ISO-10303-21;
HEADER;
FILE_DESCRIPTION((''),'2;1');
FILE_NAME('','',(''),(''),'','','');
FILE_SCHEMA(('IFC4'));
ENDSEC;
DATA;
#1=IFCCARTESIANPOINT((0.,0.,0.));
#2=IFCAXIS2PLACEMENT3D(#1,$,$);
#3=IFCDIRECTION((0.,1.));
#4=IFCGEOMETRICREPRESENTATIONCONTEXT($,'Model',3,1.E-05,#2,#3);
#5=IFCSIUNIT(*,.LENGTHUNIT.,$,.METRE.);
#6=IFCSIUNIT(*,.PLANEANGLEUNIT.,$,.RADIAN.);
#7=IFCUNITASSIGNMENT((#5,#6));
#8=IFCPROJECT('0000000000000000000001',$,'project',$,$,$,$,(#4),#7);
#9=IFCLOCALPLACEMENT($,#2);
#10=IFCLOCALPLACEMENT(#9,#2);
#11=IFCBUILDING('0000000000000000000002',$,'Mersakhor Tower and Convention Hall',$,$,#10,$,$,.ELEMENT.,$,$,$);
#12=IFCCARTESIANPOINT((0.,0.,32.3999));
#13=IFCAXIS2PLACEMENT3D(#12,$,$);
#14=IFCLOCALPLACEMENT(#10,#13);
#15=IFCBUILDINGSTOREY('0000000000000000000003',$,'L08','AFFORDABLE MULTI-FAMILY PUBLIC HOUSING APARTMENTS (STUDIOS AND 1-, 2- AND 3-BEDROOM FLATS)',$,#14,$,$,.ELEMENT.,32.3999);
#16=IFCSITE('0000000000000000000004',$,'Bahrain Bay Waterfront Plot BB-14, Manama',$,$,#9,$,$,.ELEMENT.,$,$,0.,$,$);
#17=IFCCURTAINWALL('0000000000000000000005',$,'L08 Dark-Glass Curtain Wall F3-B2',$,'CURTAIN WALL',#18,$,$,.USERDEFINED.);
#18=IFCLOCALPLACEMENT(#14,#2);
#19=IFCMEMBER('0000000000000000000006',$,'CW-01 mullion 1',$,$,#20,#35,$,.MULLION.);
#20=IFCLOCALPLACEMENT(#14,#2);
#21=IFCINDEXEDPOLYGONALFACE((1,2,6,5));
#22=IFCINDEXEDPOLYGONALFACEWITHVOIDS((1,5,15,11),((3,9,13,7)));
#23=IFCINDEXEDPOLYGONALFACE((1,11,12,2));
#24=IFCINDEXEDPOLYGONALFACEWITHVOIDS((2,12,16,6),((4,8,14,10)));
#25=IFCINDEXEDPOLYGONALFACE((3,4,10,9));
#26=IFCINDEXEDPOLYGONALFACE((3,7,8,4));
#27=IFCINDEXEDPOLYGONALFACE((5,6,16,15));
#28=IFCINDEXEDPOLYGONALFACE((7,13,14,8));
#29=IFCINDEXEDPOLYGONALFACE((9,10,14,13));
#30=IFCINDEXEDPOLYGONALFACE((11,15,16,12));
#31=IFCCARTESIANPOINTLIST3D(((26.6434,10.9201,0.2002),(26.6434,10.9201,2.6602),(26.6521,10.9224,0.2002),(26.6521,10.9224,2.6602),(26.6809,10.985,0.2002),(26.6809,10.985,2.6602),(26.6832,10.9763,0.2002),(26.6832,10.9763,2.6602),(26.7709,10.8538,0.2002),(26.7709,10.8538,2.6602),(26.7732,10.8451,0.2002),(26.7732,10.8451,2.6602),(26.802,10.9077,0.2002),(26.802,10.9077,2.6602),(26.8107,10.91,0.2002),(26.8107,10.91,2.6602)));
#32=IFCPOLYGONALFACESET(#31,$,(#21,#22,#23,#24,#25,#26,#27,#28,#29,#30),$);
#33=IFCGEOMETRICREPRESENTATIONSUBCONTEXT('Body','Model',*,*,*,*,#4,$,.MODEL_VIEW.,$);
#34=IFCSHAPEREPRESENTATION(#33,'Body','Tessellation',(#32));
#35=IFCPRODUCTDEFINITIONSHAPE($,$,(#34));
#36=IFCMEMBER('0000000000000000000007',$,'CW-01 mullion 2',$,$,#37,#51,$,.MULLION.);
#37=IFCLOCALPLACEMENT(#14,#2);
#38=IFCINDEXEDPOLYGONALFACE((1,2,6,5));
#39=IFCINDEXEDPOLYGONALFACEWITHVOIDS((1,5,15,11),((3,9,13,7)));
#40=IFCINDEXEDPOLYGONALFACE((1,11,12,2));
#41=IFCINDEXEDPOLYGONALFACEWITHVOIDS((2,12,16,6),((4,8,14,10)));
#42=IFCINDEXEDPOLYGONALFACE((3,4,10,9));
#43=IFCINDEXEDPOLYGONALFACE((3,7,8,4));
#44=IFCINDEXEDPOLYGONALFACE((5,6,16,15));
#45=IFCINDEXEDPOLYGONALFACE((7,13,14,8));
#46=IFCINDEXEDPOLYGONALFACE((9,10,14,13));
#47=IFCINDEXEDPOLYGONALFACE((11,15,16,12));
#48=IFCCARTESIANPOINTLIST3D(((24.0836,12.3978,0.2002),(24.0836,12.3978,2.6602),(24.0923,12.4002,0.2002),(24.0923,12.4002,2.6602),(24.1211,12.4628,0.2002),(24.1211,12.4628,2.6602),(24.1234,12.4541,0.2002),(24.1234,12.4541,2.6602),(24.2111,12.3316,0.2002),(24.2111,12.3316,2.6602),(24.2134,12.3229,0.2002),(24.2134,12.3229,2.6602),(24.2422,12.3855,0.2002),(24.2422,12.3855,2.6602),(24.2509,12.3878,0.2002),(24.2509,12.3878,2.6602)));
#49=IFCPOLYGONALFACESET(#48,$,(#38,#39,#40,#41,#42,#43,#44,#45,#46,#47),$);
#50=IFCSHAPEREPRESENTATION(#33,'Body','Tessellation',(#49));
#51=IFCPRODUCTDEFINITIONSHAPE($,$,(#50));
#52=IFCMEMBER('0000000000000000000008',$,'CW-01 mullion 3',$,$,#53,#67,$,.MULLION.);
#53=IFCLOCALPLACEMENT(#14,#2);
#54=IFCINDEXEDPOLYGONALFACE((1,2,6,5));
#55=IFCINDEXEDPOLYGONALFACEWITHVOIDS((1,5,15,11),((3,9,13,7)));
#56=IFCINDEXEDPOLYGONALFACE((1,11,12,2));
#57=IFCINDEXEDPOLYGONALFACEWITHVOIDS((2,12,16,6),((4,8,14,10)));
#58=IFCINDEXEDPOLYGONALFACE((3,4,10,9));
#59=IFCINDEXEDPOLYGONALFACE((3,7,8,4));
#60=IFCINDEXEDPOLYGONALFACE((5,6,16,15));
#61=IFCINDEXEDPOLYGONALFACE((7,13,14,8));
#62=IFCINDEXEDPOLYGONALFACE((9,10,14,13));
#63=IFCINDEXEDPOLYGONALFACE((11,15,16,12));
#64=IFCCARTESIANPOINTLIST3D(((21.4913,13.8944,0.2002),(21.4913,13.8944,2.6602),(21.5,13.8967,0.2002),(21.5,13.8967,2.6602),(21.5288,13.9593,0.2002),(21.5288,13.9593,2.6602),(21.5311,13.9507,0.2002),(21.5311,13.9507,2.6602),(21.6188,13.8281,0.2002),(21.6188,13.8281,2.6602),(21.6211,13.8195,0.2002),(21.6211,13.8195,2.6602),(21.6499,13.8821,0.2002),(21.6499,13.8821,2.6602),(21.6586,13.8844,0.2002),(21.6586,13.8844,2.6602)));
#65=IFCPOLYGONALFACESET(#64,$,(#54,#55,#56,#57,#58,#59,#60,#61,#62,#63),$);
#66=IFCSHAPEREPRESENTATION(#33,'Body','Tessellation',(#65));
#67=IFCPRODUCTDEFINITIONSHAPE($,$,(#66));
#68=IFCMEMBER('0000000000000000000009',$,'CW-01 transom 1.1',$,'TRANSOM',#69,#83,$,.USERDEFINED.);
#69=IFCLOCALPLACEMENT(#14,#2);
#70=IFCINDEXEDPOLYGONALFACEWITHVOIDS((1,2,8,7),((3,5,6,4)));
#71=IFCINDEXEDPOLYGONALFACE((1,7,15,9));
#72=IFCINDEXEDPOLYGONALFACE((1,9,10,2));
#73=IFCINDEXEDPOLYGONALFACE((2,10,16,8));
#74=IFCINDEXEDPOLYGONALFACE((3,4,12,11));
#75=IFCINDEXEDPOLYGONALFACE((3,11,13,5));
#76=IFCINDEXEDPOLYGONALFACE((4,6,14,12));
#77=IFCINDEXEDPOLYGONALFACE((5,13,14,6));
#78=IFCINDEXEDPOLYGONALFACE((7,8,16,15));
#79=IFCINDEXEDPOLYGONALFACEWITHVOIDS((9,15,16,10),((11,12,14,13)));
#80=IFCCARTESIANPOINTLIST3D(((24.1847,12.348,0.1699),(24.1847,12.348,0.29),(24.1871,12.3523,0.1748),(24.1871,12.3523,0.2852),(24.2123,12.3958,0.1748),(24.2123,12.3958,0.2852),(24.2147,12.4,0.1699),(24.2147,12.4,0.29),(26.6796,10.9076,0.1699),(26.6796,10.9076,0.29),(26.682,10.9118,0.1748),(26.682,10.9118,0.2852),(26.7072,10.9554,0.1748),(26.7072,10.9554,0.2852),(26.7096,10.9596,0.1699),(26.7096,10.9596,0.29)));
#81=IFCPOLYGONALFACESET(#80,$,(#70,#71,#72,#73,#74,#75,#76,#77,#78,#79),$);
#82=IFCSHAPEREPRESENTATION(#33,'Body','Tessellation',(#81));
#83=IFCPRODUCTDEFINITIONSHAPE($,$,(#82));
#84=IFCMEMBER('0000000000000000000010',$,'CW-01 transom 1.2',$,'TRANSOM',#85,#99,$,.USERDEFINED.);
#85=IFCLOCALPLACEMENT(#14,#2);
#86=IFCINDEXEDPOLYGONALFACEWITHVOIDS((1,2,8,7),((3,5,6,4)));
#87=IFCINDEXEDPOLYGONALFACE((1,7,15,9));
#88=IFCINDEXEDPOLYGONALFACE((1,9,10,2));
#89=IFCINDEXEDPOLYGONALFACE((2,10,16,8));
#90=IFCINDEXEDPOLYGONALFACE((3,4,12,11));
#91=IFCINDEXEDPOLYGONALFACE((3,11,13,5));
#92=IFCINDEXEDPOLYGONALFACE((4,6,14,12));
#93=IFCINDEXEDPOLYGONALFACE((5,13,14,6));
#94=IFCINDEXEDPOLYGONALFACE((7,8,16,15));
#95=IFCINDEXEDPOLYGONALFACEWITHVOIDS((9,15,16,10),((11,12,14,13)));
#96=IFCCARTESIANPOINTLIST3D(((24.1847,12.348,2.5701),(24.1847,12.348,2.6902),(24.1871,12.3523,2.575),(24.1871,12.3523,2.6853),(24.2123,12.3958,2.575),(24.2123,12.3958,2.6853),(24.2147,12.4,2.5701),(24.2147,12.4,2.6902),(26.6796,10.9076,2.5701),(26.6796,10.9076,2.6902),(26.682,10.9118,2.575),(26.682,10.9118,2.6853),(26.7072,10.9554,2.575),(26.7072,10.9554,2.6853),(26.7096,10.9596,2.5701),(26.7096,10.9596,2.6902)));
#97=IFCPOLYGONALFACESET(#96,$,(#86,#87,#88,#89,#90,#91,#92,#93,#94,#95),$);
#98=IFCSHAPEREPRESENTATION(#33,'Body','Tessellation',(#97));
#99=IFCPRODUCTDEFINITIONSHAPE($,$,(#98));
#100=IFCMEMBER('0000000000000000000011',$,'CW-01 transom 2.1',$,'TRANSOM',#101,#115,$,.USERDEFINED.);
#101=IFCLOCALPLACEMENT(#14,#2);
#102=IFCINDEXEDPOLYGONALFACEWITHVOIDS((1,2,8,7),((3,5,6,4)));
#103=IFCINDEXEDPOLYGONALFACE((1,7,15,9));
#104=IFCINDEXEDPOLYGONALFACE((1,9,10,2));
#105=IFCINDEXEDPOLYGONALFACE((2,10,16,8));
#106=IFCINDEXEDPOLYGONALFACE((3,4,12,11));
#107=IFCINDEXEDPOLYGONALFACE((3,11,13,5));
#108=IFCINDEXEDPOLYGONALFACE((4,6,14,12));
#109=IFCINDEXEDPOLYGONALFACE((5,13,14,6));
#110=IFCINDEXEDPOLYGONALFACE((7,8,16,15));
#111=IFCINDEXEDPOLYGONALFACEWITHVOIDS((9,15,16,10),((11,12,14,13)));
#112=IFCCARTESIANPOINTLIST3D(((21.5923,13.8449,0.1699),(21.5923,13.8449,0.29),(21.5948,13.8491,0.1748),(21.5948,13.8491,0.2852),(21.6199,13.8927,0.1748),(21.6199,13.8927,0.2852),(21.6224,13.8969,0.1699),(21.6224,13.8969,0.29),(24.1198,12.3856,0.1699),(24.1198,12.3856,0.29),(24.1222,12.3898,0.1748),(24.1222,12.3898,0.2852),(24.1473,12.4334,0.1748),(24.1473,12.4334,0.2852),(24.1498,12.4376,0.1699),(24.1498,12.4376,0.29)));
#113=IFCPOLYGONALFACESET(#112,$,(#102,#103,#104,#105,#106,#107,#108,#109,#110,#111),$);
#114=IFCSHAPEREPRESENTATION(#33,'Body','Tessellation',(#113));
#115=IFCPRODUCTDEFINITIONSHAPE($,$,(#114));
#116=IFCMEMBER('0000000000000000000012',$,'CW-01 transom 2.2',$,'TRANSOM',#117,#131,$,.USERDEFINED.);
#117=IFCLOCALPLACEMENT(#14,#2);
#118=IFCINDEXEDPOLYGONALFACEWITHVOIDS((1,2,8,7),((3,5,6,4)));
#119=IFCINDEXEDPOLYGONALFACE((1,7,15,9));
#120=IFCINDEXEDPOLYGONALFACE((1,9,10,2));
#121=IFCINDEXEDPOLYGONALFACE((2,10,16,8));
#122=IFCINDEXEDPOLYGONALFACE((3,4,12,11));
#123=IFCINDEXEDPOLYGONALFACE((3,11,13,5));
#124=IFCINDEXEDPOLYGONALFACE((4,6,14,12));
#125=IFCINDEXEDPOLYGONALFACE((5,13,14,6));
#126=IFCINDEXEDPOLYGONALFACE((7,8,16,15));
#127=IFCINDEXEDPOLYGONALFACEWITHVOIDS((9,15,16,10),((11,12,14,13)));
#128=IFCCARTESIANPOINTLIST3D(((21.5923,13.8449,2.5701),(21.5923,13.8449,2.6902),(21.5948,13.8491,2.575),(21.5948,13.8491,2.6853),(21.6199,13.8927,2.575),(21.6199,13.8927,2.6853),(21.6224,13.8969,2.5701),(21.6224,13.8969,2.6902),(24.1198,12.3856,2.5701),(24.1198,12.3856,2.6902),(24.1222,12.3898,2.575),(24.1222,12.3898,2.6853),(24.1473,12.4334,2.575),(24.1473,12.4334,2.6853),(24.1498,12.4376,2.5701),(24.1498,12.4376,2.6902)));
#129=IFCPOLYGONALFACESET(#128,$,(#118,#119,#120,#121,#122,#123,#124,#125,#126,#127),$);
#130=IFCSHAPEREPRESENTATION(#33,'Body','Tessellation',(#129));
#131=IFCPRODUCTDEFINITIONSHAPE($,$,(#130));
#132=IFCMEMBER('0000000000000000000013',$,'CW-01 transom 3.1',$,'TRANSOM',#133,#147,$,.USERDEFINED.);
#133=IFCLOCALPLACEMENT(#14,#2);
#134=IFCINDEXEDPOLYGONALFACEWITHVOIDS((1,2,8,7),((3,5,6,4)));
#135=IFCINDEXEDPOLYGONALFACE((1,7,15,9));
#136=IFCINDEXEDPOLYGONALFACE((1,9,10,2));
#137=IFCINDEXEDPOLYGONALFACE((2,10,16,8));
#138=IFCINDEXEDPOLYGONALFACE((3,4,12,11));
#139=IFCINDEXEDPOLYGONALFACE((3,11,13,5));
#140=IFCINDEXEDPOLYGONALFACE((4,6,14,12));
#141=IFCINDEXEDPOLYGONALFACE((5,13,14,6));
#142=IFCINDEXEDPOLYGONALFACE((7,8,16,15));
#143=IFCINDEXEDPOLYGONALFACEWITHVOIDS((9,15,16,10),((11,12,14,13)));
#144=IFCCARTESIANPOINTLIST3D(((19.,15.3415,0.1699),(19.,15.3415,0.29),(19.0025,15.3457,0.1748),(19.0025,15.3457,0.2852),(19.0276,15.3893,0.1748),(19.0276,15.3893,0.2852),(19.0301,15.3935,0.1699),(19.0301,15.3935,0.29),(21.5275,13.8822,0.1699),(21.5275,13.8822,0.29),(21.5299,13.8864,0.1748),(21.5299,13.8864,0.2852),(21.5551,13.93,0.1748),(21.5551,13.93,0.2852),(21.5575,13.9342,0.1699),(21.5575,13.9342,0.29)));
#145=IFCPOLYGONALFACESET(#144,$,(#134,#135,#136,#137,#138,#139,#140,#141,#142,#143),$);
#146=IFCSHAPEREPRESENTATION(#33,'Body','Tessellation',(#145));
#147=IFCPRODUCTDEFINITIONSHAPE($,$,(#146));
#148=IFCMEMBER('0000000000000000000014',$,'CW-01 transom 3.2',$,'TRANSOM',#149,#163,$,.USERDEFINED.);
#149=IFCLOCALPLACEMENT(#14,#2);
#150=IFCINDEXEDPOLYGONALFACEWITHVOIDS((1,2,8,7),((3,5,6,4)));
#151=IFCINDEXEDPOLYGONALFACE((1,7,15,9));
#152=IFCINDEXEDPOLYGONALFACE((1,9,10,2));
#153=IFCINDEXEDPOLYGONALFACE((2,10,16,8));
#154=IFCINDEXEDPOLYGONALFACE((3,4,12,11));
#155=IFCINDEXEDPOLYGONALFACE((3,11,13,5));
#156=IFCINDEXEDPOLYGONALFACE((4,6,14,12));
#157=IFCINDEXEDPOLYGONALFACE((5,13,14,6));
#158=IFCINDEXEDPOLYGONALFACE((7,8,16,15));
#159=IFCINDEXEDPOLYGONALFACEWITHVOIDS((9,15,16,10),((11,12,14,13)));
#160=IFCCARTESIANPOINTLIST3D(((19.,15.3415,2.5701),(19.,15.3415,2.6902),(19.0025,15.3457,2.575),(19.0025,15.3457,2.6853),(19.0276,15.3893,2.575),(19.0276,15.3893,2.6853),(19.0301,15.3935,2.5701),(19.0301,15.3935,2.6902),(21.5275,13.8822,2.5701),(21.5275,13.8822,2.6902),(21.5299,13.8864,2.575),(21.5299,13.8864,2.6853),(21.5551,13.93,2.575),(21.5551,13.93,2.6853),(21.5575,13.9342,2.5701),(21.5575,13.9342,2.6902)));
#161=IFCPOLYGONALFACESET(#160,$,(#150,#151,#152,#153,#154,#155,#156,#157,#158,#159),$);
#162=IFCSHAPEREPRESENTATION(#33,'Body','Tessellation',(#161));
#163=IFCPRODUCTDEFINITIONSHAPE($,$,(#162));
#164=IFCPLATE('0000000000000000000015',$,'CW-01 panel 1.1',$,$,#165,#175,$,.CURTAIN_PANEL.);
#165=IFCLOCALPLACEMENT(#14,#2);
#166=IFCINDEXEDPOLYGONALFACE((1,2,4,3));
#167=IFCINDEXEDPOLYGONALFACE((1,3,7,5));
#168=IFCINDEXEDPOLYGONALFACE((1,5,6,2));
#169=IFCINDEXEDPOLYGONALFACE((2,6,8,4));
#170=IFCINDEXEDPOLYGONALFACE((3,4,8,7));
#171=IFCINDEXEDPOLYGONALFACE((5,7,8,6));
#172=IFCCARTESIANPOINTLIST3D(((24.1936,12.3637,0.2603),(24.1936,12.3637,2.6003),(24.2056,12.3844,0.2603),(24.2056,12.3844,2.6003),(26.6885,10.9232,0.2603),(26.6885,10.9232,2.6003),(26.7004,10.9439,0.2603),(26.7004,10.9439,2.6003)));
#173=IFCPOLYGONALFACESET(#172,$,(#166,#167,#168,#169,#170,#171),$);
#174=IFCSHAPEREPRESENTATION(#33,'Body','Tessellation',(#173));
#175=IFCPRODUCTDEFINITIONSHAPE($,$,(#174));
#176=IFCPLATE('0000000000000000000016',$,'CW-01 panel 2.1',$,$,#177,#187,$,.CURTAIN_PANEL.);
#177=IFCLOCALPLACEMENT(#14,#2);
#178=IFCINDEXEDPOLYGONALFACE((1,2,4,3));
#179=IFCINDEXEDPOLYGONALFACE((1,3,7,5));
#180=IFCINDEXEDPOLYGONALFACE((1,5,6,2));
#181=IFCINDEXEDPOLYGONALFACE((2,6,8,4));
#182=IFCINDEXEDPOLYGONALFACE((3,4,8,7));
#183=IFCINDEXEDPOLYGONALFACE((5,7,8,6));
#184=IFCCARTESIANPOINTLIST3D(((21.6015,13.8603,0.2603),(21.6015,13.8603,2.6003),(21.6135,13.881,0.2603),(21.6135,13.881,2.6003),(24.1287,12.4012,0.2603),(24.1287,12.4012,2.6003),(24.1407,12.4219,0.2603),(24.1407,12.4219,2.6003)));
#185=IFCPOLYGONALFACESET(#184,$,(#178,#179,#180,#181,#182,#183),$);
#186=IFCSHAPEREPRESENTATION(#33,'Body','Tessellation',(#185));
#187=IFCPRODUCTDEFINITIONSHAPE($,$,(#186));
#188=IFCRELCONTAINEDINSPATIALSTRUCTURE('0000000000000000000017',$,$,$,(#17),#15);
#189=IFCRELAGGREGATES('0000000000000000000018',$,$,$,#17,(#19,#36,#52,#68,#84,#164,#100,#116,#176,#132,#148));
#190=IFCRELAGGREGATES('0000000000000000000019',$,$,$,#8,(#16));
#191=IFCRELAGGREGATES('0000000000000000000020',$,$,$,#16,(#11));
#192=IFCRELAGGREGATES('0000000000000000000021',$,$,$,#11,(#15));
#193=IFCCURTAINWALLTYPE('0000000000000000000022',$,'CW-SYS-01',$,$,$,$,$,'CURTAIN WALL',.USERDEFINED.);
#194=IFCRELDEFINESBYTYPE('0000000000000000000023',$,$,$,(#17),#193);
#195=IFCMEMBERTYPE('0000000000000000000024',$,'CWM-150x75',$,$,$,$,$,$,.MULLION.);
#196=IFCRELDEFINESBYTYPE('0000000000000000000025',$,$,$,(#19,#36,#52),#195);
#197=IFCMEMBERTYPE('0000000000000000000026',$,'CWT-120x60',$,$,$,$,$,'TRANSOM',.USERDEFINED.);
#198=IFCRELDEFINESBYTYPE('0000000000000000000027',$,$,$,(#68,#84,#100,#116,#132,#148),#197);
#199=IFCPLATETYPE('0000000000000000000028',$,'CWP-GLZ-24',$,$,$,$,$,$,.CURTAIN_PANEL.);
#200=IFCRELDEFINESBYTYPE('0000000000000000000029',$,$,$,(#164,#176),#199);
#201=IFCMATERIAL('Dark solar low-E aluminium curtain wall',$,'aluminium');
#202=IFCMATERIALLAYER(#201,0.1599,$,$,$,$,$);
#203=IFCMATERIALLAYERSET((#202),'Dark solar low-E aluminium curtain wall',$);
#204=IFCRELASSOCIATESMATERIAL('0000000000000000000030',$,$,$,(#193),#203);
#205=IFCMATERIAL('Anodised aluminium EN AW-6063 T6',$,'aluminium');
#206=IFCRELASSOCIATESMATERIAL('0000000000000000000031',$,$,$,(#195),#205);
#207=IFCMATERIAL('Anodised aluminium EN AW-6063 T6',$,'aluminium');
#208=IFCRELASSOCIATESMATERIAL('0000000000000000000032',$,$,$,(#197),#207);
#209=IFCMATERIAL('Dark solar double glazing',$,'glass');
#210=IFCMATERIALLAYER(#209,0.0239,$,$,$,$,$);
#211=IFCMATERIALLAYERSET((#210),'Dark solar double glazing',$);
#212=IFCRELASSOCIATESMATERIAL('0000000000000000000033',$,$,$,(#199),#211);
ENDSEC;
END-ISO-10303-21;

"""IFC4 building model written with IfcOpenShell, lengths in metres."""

from ifc_helpers import new_model, si_unit, direction, frame, origin, origin_2d, place, context, subcontext, project, spatial, rectangle, hollow_rectangle, extrude, material, layer, layer_set, material_profile, profile_set, type_object, element, aggregate, save


model = new_model("IFC4")

# Units and contexts
model_context = context("Model", 3, precision=1e-05, world=origin(), true_north=direction((0.0, 1.0)))
body_context = subcontext(model_context, "Body", "Model", "MODEL_VIEW")
ifc_project = project(units=[si_unit("LENGTHUNIT", "METRE"), si_unit("PLANEANGLEUNIT", "RADIAN")], contexts=[model_context])

# Site, building, storey
site_placement = place(None, origin())
site = spatial("IfcSite", under=ifc_project, at=site_placement, Name="Bahrain Bay Waterfront Plot BB-14, Manama", CompositionType="ELEMENT", RefElevation=0.0)
building_placement = place(site_placement, origin())
building = spatial("IfcBuilding", under=site, at=building_placement, Name="Mersakhor Tower and Convention Hall", CompositionType="ELEMENT")
storey_placement = place(building_placement, frame((0.0, 0.0, 32.3999)))
storey = spatial("IfcBuildingStorey", under=building, at=storey_placement, Name="L08", Description="AFFORDABLE MULTI-FAMILY PUBLIC HOUSING APARTMENTS (STUDIOS AND 1-, 2- AND 3-BEDROOM FLATS)", CompositionType="ELEMENT", Elevation=32.3999)

# Curtain wall, members, plates
ifc_material_1 = material(Name="Dark solar low-E aluminium curtain wall", Category="aluminium")
ifc_layer_1 = layer(ifc_material_1, 0.1599)
ifc_layer_set_1 = layer_set([ifc_layer_1], Name="Dark solar low-E aluminium curtain wall")
curtain_wall_type = type_object("IfcCurtainWallType", Name="CW-SYS-01", ElementType="CURTAIN WALL", PredefinedType="USERDEFINED", material=ifc_layer_set_1)
curtain_wall_placement = place(storey_placement, origin())
curtain_wall = element("IfcCurtainWall", 1, at=curtain_wall_placement, inside=storey, type_object=curtain_wall_type, Name="L08 Dark-Glass Curtain Wall F3-B2", ObjectType="CURTAIN WALL", PredefinedType="USERDEFINED")
ifc_material_2 = material(Name="Anodised aluminium EN AW-6063 T6", Category="aluminium")
ifc_material_profile_1 = material_profile(ifc_material_2, hollow_rectangle(XDim=0.075, YDim=0.1499, WallThickness=0.0063, at=origin_2d()), Name="RHS 150x75x6.3")
ifc_profile_set_1 = profile_set([ifc_material_profile_1], Name="Anodised aluminium EN AW-6063 T6")
member_type_1 = type_object("IfcMemberType", Name="CWM-150x75", PredefinedType="MULLION", material=ifc_profile_set_1)
member_1_placement = place(storey_placement, frame((26.7271, 10.915, 0.2002), z_axis=(0.0, 0.0, 1.0), x_axis=(-0.500003, -0.866023, 0.0)))
member_1 = element("IfcMember", 2, at=member_1_placement, type_object=member_type_1, Name="CW-01 mullion 1", PredefinedType="MULLION", context=body_context, shape_type="SweptSolid", body=[
    extrude(hollow_rectangle(XDim=0.075, YDim=0.1499, WallThickness=0.0063, at=origin_2d()), origin(), (0.0, 0.0, 1.0), 2.46),
])
member_2_placement = place(storey_placement, frame((24.1672, 12.3928, 0.2002), z_axis=(0.0, 0.0, 1.0), x_axis=(-0.500003, -0.866023, 0.0)))
member_2 = element("IfcMember", 3, at=member_2_placement, type_object=member_type_1, Name="CW-01 mullion 2", PredefinedType="MULLION", context=body_context, shape_type="SweptSolid", body=[
    extrude(hollow_rectangle(XDim=0.075, YDim=0.1499, WallThickness=0.0063, at=origin_2d()), origin(), (0.0, 0.0, 1.0), 2.46),
])
member_3_placement = place(storey_placement, frame((21.575, 13.8894, 0.2002), z_axis=(0.0, 0.0, 1.0), x_axis=(-0.500003, -0.866023, 0.0)))
member_3 = element("IfcMember", 4, at=member_3_placement, type_object=member_type_1, Name="CW-01 mullion 3", PredefinedType="MULLION", context=body_context, shape_type="SweptSolid", body=[
    extrude(hollow_rectangle(XDim=0.075, YDim=0.1499, WallThickness=0.0063, at=origin_2d()), origin(), (0.0, 0.0, 1.0), 2.46),
])
ifc_material_3 = material(Name="Anodised aluminium EN AW-6063 T6", Category="aluminium")
ifc_material_profile_2 = material_profile(ifc_material_3, hollow_rectangle(XDim=0.0601, YDim=0.1201, WallThickness=0.0049, at=origin_2d()), Name="RHS 120x60x5")
ifc_profile_set_2 = profile_set([ifc_material_profile_2], Name="Anodised aluminium EN AW-6063 T6")
member_type_2 = type_object("IfcMemberType", Name="CWT-120x60", ElementType="TRANSOM", PredefinedType="USERDEFINED", material=ifc_profile_set_2)
member_4_placement = place(storey_placement, frame((26.6946, 10.9336, 0.23), z_axis=(-0.866023, 0.500004, 0.0), x_axis=(-0.500004, -0.866023, 0.0)))
member_4 = element("IfcMember", 5, at=member_4_placement, type_object=member_type_2, Name="CW-01 transom 1.1", ObjectType="TRANSOM", PredefinedType="USERDEFINED", context=body_context, shape_type="SweptSolid", body=[
    extrude(hollow_rectangle(XDim=0.0601, YDim=0.1201, WallThickness=0.0049, at=origin_2d()), origin(), (0.0, 0.0, 1.0), 2.8809),
])
member_5_placement = place(storey_placement, frame((26.6946, 10.9336, 2.6301), z_axis=(-0.866023, 0.500004, 0.0), x_axis=(-0.500004, -0.866023, 0.0)))
member_5 = element("IfcMember", 6, at=member_5_placement, type_object=member_type_2, Name="CW-01 transom 1.2", ObjectType="TRANSOM", PredefinedType="USERDEFINED", context=body_context, shape_type="SweptSolid", body=[
    extrude(hollow_rectangle(XDim=0.0601, YDim=0.1201, WallThickness=0.0049, at=origin_2d()), origin(), (0.0, 0.0, 1.0), 2.8809),
])
member_6_placement = place(storey_placement, frame((24.1348, 12.4116, 0.23), z_axis=(-0.866016, 0.500017, 0.0), x_axis=(-0.500017, -0.866016, 0.0)))
member_6 = element("IfcMember", 7, at=member_6_placement, type_object=member_type_2, Name="CW-01 transom 2.1", ObjectType="TRANSOM", PredefinedType="USERDEFINED", context=body_context, shape_type="SweptSolid", body=[
    extrude(hollow_rectangle(XDim=0.0601, YDim=0.1201, WallThickness=0.0049, at=origin_2d()), origin(), (0.0, 0.0, 1.0), 2.9185),
])
member_7_placement = place(storey_placement, frame((24.1348, 12.4116, 2.6301), z_axis=(-0.866016, 0.500017, 0.0), x_axis=(-0.500017, -0.866016, 0.0)))
member_7 = element("IfcMember", 8, at=member_7_placement, type_object=member_type_2, Name="CW-01 transom 2.2", ObjectType="TRANSOM", PredefinedType="USERDEFINED", context=body_context, shape_type="SweptSolid", body=[
    extrude(hollow_rectangle(XDim=0.0601, YDim=0.1201, WallThickness=0.0049, at=origin_2d()), origin(), (0.0, 0.0, 1.0), 2.9185),
])
member_8_placement = place(storey_placement, frame((21.5425, 13.9082, 0.23), z_axis=(-0.866016, 0.500017, 0.0), x_axis=(-0.500017, -0.866016, 0.0)))
member_8 = element("IfcMember", 9, at=member_8_placement, type_object=member_type_2, Name="CW-01 transom 3.1", ObjectType="TRANSOM", PredefinedType="USERDEFINED", context=body_context, shape_type="SweptSolid", body=[
    extrude(hollow_rectangle(XDim=0.0601, YDim=0.1201, WallThickness=0.0049, at=origin_2d()), origin(), (0.0, 0.0, 1.0), 2.9185),
])
member_9_placement = place(storey_placement, frame((21.5425, 13.9082, 2.6301), z_axis=(-0.866016, 0.500017, 0.0), x_axis=(-0.500017, -0.866016, 0.0)))
member_9 = element("IfcMember", 10, at=member_9_placement, type_object=member_type_2, Name="CW-01 transom 3.2", ObjectType="TRANSOM", PredefinedType="USERDEFINED", context=body_context, shape_type="SweptSolid", body=[
    extrude(hollow_rectangle(XDim=0.0601, YDim=0.1201, WallThickness=0.0049, at=origin_2d()), origin(), (0.0, 0.0, 1.0), 2.9185),
])
ifc_material_4 = material(Name="Dark solar double glazing", Category="glass")
ifc_layer_2 = layer(ifc_material_4, 0.0239)
ifc_layer_set_2 = layer_set([ifc_layer_2], Name="Dark solar double glazing")
plate_type_1 = type_object("IfcPlateType", Name="CWP-GLZ-24", PredefinedType="CURTAIN_PANEL", material=ifc_layer_set_2)
plate_1_placement = place(storey_placement, frame((25.447, 11.6538, 0.2603), z_axis=(0.0, 0.0, 1.0), x_axis=(-0.866023, 0.500003, 0.0)))
plate_1 = element("IfcPlate", 11, at=plate_1_placement, type_object=plate_type_1, Name="CW-01 panel 1.1", PredefinedType="CURTAIN_PANEL", context=body_context, shape_type="SweptSolid", body=[
    extrude(rectangle(XDim=2.8809, YDim=0.0239, at=origin_2d()), origin(), (0.0, 0.0, 1.0), 2.3401),
])
plate_2_placement = place(storey_placement, frame((22.8711, 13.1411, 0.2603), z_axis=(0.0, 0.0, 1.0), x_axis=(-0.866023, 0.500003, 0.0)))
plate_2 = element("IfcPlate", 12, at=plate_2_placement, type_object=plate_type_1, Name="CW-01 panel 2.1", PredefinedType="CURTAIN_PANEL", context=body_context, shape_type="SweptSolid", body=[
    extrude(rectangle(XDim=2.9182, YDim=0.0239, at=origin_2d()), origin(), (0.0, 0.0, 1.0), 2.3401),
])
aggregate(curtain_wall, [member_1, member_2, member_3, member_4, member_5, plate_1, member_6, member_7, plate_2, member_8, member_9])

save(model, "model.ifc")
